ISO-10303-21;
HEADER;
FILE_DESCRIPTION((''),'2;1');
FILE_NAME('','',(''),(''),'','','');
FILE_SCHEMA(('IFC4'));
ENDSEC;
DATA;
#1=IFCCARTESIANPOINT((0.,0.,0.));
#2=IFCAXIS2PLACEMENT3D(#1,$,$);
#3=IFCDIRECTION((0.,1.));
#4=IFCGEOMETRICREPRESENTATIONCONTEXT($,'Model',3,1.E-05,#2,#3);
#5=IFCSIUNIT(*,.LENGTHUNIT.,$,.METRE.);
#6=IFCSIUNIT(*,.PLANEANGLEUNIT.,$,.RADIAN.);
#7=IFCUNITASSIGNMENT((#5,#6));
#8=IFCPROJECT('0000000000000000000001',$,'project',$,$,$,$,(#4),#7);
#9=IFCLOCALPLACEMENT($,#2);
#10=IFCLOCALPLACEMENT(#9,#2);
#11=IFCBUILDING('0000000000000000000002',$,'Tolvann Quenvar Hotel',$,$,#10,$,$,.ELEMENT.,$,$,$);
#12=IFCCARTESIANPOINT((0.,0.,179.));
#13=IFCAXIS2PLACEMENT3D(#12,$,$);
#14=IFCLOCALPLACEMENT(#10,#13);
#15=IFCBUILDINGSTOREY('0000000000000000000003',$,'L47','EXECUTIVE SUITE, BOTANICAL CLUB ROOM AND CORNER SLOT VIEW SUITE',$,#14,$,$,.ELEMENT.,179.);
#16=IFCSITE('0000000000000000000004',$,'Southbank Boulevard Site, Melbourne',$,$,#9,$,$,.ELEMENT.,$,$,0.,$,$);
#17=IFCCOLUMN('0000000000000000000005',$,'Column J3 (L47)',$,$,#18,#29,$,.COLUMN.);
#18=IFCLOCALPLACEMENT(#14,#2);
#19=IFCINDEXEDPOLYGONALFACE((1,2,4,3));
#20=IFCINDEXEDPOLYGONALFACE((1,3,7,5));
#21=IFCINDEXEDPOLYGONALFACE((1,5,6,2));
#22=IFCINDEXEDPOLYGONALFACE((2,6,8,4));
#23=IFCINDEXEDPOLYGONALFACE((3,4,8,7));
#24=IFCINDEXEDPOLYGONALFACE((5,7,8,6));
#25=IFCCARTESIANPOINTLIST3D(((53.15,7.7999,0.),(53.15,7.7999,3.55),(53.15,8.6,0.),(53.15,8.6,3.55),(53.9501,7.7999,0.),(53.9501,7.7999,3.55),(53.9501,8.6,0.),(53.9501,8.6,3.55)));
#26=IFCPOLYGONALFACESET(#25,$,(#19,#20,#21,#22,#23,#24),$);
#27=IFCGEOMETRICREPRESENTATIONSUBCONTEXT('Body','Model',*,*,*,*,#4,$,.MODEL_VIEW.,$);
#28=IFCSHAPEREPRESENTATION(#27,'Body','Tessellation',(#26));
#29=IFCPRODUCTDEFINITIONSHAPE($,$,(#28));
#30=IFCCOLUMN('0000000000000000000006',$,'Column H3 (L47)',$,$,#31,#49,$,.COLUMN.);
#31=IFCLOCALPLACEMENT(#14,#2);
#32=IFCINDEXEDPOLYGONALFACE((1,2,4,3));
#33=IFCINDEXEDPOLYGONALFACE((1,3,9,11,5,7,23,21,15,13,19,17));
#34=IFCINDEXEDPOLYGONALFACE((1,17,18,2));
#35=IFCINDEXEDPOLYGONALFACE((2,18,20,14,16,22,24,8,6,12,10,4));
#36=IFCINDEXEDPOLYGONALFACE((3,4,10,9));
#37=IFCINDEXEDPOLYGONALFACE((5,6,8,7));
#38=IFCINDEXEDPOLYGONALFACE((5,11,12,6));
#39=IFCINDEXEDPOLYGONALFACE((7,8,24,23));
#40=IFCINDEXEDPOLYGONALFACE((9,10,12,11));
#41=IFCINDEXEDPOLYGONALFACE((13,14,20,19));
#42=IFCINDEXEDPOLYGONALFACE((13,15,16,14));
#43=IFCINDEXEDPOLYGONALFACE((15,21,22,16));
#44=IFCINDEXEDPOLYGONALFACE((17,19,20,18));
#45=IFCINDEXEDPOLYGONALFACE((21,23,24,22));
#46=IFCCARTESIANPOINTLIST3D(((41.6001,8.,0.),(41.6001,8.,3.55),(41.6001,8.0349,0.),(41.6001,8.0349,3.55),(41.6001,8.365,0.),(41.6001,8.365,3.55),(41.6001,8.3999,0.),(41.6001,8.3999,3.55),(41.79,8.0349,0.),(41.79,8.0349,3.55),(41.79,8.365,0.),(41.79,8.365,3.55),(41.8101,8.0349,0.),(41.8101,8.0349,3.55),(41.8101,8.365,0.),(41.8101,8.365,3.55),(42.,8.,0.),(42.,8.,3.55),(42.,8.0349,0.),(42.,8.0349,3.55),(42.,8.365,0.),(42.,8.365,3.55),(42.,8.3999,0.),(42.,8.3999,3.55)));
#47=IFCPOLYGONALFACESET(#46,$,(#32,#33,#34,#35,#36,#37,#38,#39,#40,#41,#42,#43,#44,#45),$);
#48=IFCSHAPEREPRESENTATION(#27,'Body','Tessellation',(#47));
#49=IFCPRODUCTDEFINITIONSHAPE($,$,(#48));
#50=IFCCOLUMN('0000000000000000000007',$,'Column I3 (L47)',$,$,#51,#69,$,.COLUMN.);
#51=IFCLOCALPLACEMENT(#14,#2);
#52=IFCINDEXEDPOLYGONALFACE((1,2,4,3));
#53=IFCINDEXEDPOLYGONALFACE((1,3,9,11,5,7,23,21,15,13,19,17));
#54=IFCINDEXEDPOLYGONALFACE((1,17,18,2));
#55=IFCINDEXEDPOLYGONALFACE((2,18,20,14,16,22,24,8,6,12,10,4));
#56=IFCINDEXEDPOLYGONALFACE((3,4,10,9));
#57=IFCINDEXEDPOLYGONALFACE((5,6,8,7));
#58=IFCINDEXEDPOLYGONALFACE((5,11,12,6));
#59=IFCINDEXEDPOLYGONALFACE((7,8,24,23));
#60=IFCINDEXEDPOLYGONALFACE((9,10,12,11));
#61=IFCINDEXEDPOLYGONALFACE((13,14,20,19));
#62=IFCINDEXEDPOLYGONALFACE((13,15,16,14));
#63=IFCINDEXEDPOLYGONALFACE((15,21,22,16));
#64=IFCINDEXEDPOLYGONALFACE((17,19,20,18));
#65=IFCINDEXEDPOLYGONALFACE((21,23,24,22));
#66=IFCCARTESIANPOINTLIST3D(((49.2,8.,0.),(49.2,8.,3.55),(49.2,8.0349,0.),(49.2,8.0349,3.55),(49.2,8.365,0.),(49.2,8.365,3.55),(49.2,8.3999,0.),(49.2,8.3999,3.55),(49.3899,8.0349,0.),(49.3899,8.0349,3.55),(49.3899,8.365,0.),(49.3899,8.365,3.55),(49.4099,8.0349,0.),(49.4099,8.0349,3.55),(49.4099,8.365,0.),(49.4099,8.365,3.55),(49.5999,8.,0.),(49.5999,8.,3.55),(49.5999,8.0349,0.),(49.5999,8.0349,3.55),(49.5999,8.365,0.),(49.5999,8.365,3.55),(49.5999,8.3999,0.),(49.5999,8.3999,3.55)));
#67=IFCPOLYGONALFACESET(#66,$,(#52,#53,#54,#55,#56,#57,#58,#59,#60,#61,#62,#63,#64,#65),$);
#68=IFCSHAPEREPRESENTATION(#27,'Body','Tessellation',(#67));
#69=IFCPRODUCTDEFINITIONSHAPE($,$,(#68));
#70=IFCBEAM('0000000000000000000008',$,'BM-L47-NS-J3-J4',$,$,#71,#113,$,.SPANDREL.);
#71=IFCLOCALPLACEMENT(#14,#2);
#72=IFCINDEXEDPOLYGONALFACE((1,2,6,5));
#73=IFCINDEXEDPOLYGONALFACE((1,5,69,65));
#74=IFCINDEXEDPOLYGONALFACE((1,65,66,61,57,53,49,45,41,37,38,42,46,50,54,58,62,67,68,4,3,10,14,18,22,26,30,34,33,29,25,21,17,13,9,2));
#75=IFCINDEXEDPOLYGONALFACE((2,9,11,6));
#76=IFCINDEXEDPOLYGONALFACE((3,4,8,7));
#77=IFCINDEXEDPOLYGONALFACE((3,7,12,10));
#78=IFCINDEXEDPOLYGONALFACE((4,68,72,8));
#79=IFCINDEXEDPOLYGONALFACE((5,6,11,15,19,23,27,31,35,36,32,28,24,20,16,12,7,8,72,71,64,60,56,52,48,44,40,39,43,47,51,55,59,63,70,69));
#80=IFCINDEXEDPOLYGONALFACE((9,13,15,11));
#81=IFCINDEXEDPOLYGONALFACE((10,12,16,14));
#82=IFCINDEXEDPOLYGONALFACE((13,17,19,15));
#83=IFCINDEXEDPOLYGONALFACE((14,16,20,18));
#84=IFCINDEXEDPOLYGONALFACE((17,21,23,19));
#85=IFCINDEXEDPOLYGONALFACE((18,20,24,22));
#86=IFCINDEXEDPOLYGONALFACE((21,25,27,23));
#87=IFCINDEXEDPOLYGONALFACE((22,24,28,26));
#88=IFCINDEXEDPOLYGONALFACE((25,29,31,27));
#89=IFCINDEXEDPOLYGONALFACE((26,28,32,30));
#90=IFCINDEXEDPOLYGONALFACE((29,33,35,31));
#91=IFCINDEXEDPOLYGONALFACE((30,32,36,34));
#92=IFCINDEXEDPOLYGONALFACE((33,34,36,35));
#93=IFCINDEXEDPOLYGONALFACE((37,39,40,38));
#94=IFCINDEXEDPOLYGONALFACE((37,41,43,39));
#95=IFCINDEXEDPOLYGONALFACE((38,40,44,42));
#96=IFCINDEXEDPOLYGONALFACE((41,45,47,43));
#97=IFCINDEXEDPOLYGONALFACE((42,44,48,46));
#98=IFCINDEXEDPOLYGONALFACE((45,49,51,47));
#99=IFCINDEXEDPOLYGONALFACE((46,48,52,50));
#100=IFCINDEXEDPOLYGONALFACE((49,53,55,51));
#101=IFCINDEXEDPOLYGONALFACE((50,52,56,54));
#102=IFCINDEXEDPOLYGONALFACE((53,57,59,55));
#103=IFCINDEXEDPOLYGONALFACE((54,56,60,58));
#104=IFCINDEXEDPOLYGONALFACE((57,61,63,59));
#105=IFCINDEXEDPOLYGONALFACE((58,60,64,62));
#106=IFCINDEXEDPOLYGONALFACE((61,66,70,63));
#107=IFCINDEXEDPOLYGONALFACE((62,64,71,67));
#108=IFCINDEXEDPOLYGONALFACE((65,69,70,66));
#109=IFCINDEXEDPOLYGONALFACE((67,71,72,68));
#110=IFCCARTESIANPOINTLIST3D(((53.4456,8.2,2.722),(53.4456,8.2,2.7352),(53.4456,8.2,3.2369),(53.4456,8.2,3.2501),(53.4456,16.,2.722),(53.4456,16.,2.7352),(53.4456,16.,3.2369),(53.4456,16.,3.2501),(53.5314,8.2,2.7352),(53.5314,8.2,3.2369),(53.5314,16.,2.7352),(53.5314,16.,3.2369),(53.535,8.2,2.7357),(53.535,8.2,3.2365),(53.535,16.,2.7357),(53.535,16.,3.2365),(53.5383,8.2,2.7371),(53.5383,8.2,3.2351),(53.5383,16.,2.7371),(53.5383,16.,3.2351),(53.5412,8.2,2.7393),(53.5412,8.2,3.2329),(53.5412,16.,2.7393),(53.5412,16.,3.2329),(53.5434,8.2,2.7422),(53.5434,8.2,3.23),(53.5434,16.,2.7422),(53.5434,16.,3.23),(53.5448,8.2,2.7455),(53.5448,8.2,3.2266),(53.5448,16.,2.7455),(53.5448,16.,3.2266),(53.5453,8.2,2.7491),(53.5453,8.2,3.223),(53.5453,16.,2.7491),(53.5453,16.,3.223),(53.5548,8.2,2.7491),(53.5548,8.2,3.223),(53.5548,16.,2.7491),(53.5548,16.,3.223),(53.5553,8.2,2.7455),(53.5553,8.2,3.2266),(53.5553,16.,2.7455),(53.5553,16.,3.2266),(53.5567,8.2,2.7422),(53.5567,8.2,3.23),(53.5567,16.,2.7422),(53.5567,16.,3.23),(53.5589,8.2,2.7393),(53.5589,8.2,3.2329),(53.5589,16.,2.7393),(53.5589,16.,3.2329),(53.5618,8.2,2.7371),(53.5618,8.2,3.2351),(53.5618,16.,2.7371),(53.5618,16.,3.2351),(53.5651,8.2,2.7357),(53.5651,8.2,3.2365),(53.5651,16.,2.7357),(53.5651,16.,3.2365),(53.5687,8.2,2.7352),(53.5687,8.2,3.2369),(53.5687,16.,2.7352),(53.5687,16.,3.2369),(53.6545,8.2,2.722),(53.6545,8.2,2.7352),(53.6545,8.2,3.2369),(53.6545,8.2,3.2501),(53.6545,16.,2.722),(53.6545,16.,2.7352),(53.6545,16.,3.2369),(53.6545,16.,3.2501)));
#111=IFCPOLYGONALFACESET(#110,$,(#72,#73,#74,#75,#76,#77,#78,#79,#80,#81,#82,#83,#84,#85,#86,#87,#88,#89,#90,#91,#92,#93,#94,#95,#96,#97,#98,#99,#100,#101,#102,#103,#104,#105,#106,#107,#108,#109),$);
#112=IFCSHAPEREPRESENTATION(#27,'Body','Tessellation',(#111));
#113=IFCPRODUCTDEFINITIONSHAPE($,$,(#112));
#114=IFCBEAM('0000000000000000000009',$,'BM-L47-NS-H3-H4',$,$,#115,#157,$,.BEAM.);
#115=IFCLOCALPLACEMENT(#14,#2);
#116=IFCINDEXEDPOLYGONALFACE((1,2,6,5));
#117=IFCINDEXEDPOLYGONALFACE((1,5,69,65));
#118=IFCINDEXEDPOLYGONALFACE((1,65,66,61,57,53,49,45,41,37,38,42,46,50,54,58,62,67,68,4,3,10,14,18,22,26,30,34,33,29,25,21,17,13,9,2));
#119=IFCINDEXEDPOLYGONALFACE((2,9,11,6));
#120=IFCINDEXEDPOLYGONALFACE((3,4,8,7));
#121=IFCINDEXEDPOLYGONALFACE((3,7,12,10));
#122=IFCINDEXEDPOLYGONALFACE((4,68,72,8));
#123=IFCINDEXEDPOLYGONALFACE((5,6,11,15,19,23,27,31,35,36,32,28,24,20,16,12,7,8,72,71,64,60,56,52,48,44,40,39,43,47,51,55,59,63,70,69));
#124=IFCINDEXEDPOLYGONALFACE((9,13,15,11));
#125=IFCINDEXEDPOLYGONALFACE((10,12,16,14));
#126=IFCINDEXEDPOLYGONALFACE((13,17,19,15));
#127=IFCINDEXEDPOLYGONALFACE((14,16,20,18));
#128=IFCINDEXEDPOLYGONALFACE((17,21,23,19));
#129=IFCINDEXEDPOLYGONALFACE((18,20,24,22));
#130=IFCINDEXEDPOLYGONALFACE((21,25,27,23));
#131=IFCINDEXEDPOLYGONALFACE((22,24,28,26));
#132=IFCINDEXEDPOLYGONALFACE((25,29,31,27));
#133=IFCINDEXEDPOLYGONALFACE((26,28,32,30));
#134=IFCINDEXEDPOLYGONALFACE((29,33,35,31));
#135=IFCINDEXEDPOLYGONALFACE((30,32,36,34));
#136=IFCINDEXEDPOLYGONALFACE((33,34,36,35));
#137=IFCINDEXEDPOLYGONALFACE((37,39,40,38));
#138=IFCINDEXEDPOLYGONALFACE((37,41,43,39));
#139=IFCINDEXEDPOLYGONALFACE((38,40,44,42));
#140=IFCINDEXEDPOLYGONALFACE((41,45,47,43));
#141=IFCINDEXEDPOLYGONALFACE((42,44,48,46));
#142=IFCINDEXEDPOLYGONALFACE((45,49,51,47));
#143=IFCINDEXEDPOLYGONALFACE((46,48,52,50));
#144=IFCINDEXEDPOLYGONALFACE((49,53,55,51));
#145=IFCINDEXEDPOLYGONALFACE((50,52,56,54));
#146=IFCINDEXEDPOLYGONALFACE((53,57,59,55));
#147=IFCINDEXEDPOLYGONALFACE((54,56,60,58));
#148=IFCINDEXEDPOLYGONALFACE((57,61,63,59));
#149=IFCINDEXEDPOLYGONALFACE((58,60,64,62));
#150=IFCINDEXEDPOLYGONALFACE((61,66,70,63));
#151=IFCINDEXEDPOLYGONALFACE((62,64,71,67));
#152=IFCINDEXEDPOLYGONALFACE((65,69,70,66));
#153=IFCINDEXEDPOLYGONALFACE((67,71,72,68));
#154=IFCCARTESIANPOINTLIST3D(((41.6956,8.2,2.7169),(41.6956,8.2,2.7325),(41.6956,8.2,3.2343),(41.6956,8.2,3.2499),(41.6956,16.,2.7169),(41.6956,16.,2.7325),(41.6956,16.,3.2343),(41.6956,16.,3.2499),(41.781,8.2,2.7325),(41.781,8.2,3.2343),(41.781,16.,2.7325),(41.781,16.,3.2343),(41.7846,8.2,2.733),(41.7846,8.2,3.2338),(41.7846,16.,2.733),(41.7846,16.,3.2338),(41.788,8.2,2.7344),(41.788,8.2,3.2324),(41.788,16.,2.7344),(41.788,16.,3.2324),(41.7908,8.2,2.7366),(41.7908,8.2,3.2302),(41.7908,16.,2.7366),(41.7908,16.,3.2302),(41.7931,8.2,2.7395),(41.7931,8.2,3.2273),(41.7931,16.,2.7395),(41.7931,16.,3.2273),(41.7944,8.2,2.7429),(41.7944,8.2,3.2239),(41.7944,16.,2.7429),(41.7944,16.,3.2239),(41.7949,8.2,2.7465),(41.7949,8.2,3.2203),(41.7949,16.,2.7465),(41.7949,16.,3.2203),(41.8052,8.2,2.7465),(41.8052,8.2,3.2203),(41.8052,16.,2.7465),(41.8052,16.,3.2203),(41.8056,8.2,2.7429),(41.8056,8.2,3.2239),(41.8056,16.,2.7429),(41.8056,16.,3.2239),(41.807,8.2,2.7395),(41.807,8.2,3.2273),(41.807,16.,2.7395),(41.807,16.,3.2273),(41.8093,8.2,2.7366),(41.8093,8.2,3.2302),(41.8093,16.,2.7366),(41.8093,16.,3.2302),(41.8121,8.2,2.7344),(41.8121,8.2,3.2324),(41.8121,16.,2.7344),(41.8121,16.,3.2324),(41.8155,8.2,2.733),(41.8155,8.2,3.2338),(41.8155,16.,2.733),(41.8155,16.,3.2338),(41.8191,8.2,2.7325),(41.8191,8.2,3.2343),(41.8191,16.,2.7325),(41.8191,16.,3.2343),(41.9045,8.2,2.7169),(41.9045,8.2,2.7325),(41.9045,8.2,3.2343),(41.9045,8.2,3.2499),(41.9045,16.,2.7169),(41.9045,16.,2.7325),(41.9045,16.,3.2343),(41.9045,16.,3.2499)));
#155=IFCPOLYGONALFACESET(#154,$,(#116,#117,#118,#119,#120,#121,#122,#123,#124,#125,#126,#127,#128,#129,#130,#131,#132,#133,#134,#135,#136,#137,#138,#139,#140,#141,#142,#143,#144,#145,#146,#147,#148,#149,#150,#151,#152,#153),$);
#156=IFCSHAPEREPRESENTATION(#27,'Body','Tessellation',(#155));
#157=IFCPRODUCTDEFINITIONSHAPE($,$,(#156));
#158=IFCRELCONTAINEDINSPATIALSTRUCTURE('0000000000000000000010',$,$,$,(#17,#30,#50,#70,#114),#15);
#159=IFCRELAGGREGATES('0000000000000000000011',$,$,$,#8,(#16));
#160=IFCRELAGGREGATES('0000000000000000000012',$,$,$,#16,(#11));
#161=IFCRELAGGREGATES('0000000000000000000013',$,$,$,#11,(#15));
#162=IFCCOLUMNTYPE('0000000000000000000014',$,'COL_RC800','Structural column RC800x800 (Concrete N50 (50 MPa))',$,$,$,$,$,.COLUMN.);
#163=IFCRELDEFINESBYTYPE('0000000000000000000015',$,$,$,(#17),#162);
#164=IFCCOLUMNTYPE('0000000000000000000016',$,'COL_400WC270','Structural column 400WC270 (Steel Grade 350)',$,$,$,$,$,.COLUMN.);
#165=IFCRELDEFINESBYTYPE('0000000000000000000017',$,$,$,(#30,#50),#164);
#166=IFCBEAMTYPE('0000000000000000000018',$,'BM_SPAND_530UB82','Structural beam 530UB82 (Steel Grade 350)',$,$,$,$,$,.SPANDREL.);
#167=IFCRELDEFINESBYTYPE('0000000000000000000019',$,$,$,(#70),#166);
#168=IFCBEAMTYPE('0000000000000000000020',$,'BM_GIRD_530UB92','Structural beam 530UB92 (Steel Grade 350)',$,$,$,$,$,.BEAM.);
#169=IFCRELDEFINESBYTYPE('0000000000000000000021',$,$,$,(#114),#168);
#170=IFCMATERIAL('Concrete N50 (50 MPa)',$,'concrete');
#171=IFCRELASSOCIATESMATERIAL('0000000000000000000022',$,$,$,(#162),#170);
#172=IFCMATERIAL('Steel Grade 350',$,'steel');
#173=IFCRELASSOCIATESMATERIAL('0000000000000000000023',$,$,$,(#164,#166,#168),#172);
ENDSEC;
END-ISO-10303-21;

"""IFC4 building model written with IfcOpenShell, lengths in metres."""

from ifc_helpers import new_model, si_unit, direction, frame, origin, origin_2d, place, context, subcontext, project, spatial, rectangle, i_section, extrude, source, transform, mapped, material, material_profile, profile_set, type_object, type_shapes, element, save


model = new_model("IFC4")

# Units and contexts
model_context = context("Model", 3, precision=1e-05, world=origin(), true_north=direction((0.0, 1.0)))
body_context = subcontext(model_context, "Body", "Model", "MODEL_VIEW")
ifc_project = project(units=[si_unit("LENGTHUNIT", "METRE"), si_unit("PLANEANGLEUNIT", "RADIAN")], contexts=[model_context])

# Site, building, storey
site_placement = place(None, origin())
site = spatial("IfcSite", under=ifc_project, at=site_placement, Name="Southbank Boulevard Site, Melbourne", CompositionType="ELEMENT", RefElevation=0.0)
building_placement = place(site_placement, origin())
building = spatial("IfcBuilding", under=site, at=building_placement, Name="Tolvann Quenvar Hotel", CompositionType="ELEMENT")
storey_placement = place(building_placement, frame((0.0, 0.0, 179.0)))
storey = spatial("IfcBuildingStorey", under=building, at=storey_placement, Name="L47", Description="EXECUTIVE SUITE, BOTANICAL CLUB ROOM AND CORNER SLOT VIEW SUITE", CompositionType="ELEMENT", Elevation=179.0)

# Columns
ifc_material_1 = material(Name="Concrete N50 (50 MPa)", Category="concrete")
ifc_material_profile_1 = material_profile(ifc_material_1, rectangle(XDim=0.8, YDim=0.8, at=origin_2d()), Name="RC800x800")
ifc_profile_set_1 = profile_set([ifc_material_profile_1], Name="Concrete N50 (50 MPa)")
column_type_1 = type_object("IfcColumnType", Name="COL_RC800", Description="Structural column RC800x800 (Concrete N50 (50 MPa))", PredefinedType="COLUMN", material=ifc_profile_set_1)
shared_shape_1 = source(origin(), body_context, "Body", "SweptSolid", [
    extrude(rectangle(XDim=0.8, YDim=0.8, at=origin_2d()), origin(), (0.0, 0.0, 1.0), 3.55),
])
type_shapes(column_type_1, [shared_shape_1])
column_placement = place(storey_placement, frame((53.55, 8.2, 0.0), z_axis=(0.0, 0.0, 1.0), x_axis=(1.0, 0.0, 0.0)))
element("IfcColumn", 1, at=column_placement, inside=storey, type_object=column_type_1, Name="Column J3 (L47)", PredefinedType="COLUMN", context=body_context, shape_type="MappedRepresentation", body=[
    mapped(shared_shape_1, transform((0.0, 0.0, 0.0), x_axis=(1.0, 0.0, 0.0), y_axis=(0.0, 1.0, 0.0), z_axis=(0.0, 0.0, 1.0), scale=1.0)),
])
ifc_material_2 = material(Name="Steel Grade 350", Category="steel")
ifc_material_profile_2 = material_profile(ifc_material_2, i_section(OverallWidth=0.3999, OverallDepth=0.3999, WebThickness=0.02, FlangeThickness=0.0349, at=origin_2d()), Name="400WC270")
ifc_profile_set_2 = profile_set([ifc_material_profile_2], Name="Steel Grade 350")
column_type_2 = type_object("IfcColumnType", Name="COL_400WC270", Description="Structural column 400WC270 (Steel Grade 350)", PredefinedType="COLUMN", material=ifc_profile_set_2)
shared_shape_2 = source(origin(), body_context, "Body", "SweptSolid", [
    extrude(i_section(OverallWidth=0.3999, OverallDepth=0.3999, WebThickness=0.02, FlangeThickness=0.0349, at=origin_2d()), origin(), (0.0, 0.0, 1.0), 3.55),
])
type_shapes(column_type_2, [shared_shape_2])
for number, where, z_axis, x_axis, name in (
    (2, (41.8, 8.2, 0.0), (0.0, 0.0, 1.0), (1.0, 0.0, 0.0), "Column H3 (L47)"),
    (3, (49.3999, 8.2, 0.0), (0.0, 0.0, 1.0), (1.0, 0.0, 0.0), "Column I3 (L47)"),
):
    element("IfcColumn", number, at=place(storey_placement, frame(where, z_axis=z_axis, x_axis=x_axis)), inside=storey, type_object=column_type_2, Name=name, PredefinedType="COLUMN", context=body_context, shape_type="MappedRepresentation", body=[
        mapped(shared_shape_2, transform((0.0, 0.0, 0.0), x_axis=(1.0, 0.0, 0.0), y_axis=(0.0, 1.0, 0.0), z_axis=(0.0, 0.0, 1.0), scale=1.0)),
    ])

# Beams
ifc_material_profile_3 = material_profile(ifc_material_2, i_section(OverallWidth=0.209, OverallDepth=0.5281, WebThickness=0.0095, FlangeThickness=0.0132, FilletRadius=0.0139, at=origin_2d()), Name="530UB82")
ifc_profile_set_3 = profile_set([ifc_material_profile_3], Name="Steel Grade 350")
beam_type_1 = type_object("IfcBeamType", Name="BM_SPAND_530UB82", Description="Structural beam 530UB82 (Steel Grade 350)", PredefinedType="SPANDREL", material=ifc_profile_set_3)
shared_shape_3 = source(origin(), body_context, "Body", "SweptSolid", [
    extrude(i_section(OverallWidth=0.209, OverallDepth=0.5281, WebThickness=0.0095, FlangeThickness=0.0132, FilletRadius=0.0139, at=origin_2d()), origin(), (0.0, 0.0, 1.0), 7.8),
])
type_shapes(beam_type_1, [shared_shape_3])
beam_1_placement = place(storey_placement, frame((53.55, 8.2, 2.9861), z_axis=(0.0, 1.0, 0.0), x_axis=(-1.0, 0.0, 0.0)))
element("IfcBeam", 4, at=beam_1_placement, inside=storey, type_object=beam_type_1, Name="BM-L47-NS-J3-J4", PredefinedType="SPANDREL", context=body_context, shape_type="MappedRepresentation", body=[
    mapped(shared_shape_3, transform((0.0, 0.0, 0.0), x_axis=(1.0, 0.0, 0.0), y_axis=(0.0, 1.0, 0.0), z_axis=(0.0, 0.0, 1.0), scale=1.0)),
])
ifc_material_profile_4 = material_profile(ifc_material_2, i_section(OverallWidth=0.209, OverallDepth=0.533, WebThickness=0.0103, FlangeThickness=0.0156, FilletRadius=0.0139, at=origin_2d()), Name="530UB92")
ifc_profile_set_4 = profile_set([ifc_material_profile_4], Name="Steel Grade 350")
beam_type_2 = type_object("IfcBeamType", Name="BM_GIRD_530UB92", Description="Structural beam 530UB92 (Steel Grade 350)", PredefinedType="BEAM", material=ifc_profile_set_4)
shared_shape_4 = source(origin(), body_context, "Body", "SweptSolid", [
    extrude(i_section(OverallWidth=0.209, OverallDepth=0.533, WebThickness=0.0103, FlangeThickness=0.0156, FilletRadius=0.0139, at=origin_2d()), origin(), (0.0, 0.0, 1.0), 7.8),
])
type_shapes(beam_type_2, [shared_shape_4])
for number, where, z_axis, x_axis, name in (
    (5, (41.8, 8.2, 2.9834), (0.0, 1.0, 0.0), (-1.0, 0.0, 0.0), "BM-L47-NS-H3-H4"),
):
    element("IfcBeam", number, at=place(storey_placement, frame(where, z_axis=z_axis, x_axis=x_axis)), inside=storey, type_object=beam_type_2, Name=name, PredefinedType="BEAM", context=body_context, shape_type="MappedRepresentation", body=[
        mapped(shared_shape_4, transform((0.0, 0.0, 0.0), x_axis=(1.0, 0.0, 0.0), y_axis=(0.0, 1.0, 0.0), z_axis=(0.0, 0.0, 1.0), scale=1.0)),
    ])

save(model, "model.ifc")
